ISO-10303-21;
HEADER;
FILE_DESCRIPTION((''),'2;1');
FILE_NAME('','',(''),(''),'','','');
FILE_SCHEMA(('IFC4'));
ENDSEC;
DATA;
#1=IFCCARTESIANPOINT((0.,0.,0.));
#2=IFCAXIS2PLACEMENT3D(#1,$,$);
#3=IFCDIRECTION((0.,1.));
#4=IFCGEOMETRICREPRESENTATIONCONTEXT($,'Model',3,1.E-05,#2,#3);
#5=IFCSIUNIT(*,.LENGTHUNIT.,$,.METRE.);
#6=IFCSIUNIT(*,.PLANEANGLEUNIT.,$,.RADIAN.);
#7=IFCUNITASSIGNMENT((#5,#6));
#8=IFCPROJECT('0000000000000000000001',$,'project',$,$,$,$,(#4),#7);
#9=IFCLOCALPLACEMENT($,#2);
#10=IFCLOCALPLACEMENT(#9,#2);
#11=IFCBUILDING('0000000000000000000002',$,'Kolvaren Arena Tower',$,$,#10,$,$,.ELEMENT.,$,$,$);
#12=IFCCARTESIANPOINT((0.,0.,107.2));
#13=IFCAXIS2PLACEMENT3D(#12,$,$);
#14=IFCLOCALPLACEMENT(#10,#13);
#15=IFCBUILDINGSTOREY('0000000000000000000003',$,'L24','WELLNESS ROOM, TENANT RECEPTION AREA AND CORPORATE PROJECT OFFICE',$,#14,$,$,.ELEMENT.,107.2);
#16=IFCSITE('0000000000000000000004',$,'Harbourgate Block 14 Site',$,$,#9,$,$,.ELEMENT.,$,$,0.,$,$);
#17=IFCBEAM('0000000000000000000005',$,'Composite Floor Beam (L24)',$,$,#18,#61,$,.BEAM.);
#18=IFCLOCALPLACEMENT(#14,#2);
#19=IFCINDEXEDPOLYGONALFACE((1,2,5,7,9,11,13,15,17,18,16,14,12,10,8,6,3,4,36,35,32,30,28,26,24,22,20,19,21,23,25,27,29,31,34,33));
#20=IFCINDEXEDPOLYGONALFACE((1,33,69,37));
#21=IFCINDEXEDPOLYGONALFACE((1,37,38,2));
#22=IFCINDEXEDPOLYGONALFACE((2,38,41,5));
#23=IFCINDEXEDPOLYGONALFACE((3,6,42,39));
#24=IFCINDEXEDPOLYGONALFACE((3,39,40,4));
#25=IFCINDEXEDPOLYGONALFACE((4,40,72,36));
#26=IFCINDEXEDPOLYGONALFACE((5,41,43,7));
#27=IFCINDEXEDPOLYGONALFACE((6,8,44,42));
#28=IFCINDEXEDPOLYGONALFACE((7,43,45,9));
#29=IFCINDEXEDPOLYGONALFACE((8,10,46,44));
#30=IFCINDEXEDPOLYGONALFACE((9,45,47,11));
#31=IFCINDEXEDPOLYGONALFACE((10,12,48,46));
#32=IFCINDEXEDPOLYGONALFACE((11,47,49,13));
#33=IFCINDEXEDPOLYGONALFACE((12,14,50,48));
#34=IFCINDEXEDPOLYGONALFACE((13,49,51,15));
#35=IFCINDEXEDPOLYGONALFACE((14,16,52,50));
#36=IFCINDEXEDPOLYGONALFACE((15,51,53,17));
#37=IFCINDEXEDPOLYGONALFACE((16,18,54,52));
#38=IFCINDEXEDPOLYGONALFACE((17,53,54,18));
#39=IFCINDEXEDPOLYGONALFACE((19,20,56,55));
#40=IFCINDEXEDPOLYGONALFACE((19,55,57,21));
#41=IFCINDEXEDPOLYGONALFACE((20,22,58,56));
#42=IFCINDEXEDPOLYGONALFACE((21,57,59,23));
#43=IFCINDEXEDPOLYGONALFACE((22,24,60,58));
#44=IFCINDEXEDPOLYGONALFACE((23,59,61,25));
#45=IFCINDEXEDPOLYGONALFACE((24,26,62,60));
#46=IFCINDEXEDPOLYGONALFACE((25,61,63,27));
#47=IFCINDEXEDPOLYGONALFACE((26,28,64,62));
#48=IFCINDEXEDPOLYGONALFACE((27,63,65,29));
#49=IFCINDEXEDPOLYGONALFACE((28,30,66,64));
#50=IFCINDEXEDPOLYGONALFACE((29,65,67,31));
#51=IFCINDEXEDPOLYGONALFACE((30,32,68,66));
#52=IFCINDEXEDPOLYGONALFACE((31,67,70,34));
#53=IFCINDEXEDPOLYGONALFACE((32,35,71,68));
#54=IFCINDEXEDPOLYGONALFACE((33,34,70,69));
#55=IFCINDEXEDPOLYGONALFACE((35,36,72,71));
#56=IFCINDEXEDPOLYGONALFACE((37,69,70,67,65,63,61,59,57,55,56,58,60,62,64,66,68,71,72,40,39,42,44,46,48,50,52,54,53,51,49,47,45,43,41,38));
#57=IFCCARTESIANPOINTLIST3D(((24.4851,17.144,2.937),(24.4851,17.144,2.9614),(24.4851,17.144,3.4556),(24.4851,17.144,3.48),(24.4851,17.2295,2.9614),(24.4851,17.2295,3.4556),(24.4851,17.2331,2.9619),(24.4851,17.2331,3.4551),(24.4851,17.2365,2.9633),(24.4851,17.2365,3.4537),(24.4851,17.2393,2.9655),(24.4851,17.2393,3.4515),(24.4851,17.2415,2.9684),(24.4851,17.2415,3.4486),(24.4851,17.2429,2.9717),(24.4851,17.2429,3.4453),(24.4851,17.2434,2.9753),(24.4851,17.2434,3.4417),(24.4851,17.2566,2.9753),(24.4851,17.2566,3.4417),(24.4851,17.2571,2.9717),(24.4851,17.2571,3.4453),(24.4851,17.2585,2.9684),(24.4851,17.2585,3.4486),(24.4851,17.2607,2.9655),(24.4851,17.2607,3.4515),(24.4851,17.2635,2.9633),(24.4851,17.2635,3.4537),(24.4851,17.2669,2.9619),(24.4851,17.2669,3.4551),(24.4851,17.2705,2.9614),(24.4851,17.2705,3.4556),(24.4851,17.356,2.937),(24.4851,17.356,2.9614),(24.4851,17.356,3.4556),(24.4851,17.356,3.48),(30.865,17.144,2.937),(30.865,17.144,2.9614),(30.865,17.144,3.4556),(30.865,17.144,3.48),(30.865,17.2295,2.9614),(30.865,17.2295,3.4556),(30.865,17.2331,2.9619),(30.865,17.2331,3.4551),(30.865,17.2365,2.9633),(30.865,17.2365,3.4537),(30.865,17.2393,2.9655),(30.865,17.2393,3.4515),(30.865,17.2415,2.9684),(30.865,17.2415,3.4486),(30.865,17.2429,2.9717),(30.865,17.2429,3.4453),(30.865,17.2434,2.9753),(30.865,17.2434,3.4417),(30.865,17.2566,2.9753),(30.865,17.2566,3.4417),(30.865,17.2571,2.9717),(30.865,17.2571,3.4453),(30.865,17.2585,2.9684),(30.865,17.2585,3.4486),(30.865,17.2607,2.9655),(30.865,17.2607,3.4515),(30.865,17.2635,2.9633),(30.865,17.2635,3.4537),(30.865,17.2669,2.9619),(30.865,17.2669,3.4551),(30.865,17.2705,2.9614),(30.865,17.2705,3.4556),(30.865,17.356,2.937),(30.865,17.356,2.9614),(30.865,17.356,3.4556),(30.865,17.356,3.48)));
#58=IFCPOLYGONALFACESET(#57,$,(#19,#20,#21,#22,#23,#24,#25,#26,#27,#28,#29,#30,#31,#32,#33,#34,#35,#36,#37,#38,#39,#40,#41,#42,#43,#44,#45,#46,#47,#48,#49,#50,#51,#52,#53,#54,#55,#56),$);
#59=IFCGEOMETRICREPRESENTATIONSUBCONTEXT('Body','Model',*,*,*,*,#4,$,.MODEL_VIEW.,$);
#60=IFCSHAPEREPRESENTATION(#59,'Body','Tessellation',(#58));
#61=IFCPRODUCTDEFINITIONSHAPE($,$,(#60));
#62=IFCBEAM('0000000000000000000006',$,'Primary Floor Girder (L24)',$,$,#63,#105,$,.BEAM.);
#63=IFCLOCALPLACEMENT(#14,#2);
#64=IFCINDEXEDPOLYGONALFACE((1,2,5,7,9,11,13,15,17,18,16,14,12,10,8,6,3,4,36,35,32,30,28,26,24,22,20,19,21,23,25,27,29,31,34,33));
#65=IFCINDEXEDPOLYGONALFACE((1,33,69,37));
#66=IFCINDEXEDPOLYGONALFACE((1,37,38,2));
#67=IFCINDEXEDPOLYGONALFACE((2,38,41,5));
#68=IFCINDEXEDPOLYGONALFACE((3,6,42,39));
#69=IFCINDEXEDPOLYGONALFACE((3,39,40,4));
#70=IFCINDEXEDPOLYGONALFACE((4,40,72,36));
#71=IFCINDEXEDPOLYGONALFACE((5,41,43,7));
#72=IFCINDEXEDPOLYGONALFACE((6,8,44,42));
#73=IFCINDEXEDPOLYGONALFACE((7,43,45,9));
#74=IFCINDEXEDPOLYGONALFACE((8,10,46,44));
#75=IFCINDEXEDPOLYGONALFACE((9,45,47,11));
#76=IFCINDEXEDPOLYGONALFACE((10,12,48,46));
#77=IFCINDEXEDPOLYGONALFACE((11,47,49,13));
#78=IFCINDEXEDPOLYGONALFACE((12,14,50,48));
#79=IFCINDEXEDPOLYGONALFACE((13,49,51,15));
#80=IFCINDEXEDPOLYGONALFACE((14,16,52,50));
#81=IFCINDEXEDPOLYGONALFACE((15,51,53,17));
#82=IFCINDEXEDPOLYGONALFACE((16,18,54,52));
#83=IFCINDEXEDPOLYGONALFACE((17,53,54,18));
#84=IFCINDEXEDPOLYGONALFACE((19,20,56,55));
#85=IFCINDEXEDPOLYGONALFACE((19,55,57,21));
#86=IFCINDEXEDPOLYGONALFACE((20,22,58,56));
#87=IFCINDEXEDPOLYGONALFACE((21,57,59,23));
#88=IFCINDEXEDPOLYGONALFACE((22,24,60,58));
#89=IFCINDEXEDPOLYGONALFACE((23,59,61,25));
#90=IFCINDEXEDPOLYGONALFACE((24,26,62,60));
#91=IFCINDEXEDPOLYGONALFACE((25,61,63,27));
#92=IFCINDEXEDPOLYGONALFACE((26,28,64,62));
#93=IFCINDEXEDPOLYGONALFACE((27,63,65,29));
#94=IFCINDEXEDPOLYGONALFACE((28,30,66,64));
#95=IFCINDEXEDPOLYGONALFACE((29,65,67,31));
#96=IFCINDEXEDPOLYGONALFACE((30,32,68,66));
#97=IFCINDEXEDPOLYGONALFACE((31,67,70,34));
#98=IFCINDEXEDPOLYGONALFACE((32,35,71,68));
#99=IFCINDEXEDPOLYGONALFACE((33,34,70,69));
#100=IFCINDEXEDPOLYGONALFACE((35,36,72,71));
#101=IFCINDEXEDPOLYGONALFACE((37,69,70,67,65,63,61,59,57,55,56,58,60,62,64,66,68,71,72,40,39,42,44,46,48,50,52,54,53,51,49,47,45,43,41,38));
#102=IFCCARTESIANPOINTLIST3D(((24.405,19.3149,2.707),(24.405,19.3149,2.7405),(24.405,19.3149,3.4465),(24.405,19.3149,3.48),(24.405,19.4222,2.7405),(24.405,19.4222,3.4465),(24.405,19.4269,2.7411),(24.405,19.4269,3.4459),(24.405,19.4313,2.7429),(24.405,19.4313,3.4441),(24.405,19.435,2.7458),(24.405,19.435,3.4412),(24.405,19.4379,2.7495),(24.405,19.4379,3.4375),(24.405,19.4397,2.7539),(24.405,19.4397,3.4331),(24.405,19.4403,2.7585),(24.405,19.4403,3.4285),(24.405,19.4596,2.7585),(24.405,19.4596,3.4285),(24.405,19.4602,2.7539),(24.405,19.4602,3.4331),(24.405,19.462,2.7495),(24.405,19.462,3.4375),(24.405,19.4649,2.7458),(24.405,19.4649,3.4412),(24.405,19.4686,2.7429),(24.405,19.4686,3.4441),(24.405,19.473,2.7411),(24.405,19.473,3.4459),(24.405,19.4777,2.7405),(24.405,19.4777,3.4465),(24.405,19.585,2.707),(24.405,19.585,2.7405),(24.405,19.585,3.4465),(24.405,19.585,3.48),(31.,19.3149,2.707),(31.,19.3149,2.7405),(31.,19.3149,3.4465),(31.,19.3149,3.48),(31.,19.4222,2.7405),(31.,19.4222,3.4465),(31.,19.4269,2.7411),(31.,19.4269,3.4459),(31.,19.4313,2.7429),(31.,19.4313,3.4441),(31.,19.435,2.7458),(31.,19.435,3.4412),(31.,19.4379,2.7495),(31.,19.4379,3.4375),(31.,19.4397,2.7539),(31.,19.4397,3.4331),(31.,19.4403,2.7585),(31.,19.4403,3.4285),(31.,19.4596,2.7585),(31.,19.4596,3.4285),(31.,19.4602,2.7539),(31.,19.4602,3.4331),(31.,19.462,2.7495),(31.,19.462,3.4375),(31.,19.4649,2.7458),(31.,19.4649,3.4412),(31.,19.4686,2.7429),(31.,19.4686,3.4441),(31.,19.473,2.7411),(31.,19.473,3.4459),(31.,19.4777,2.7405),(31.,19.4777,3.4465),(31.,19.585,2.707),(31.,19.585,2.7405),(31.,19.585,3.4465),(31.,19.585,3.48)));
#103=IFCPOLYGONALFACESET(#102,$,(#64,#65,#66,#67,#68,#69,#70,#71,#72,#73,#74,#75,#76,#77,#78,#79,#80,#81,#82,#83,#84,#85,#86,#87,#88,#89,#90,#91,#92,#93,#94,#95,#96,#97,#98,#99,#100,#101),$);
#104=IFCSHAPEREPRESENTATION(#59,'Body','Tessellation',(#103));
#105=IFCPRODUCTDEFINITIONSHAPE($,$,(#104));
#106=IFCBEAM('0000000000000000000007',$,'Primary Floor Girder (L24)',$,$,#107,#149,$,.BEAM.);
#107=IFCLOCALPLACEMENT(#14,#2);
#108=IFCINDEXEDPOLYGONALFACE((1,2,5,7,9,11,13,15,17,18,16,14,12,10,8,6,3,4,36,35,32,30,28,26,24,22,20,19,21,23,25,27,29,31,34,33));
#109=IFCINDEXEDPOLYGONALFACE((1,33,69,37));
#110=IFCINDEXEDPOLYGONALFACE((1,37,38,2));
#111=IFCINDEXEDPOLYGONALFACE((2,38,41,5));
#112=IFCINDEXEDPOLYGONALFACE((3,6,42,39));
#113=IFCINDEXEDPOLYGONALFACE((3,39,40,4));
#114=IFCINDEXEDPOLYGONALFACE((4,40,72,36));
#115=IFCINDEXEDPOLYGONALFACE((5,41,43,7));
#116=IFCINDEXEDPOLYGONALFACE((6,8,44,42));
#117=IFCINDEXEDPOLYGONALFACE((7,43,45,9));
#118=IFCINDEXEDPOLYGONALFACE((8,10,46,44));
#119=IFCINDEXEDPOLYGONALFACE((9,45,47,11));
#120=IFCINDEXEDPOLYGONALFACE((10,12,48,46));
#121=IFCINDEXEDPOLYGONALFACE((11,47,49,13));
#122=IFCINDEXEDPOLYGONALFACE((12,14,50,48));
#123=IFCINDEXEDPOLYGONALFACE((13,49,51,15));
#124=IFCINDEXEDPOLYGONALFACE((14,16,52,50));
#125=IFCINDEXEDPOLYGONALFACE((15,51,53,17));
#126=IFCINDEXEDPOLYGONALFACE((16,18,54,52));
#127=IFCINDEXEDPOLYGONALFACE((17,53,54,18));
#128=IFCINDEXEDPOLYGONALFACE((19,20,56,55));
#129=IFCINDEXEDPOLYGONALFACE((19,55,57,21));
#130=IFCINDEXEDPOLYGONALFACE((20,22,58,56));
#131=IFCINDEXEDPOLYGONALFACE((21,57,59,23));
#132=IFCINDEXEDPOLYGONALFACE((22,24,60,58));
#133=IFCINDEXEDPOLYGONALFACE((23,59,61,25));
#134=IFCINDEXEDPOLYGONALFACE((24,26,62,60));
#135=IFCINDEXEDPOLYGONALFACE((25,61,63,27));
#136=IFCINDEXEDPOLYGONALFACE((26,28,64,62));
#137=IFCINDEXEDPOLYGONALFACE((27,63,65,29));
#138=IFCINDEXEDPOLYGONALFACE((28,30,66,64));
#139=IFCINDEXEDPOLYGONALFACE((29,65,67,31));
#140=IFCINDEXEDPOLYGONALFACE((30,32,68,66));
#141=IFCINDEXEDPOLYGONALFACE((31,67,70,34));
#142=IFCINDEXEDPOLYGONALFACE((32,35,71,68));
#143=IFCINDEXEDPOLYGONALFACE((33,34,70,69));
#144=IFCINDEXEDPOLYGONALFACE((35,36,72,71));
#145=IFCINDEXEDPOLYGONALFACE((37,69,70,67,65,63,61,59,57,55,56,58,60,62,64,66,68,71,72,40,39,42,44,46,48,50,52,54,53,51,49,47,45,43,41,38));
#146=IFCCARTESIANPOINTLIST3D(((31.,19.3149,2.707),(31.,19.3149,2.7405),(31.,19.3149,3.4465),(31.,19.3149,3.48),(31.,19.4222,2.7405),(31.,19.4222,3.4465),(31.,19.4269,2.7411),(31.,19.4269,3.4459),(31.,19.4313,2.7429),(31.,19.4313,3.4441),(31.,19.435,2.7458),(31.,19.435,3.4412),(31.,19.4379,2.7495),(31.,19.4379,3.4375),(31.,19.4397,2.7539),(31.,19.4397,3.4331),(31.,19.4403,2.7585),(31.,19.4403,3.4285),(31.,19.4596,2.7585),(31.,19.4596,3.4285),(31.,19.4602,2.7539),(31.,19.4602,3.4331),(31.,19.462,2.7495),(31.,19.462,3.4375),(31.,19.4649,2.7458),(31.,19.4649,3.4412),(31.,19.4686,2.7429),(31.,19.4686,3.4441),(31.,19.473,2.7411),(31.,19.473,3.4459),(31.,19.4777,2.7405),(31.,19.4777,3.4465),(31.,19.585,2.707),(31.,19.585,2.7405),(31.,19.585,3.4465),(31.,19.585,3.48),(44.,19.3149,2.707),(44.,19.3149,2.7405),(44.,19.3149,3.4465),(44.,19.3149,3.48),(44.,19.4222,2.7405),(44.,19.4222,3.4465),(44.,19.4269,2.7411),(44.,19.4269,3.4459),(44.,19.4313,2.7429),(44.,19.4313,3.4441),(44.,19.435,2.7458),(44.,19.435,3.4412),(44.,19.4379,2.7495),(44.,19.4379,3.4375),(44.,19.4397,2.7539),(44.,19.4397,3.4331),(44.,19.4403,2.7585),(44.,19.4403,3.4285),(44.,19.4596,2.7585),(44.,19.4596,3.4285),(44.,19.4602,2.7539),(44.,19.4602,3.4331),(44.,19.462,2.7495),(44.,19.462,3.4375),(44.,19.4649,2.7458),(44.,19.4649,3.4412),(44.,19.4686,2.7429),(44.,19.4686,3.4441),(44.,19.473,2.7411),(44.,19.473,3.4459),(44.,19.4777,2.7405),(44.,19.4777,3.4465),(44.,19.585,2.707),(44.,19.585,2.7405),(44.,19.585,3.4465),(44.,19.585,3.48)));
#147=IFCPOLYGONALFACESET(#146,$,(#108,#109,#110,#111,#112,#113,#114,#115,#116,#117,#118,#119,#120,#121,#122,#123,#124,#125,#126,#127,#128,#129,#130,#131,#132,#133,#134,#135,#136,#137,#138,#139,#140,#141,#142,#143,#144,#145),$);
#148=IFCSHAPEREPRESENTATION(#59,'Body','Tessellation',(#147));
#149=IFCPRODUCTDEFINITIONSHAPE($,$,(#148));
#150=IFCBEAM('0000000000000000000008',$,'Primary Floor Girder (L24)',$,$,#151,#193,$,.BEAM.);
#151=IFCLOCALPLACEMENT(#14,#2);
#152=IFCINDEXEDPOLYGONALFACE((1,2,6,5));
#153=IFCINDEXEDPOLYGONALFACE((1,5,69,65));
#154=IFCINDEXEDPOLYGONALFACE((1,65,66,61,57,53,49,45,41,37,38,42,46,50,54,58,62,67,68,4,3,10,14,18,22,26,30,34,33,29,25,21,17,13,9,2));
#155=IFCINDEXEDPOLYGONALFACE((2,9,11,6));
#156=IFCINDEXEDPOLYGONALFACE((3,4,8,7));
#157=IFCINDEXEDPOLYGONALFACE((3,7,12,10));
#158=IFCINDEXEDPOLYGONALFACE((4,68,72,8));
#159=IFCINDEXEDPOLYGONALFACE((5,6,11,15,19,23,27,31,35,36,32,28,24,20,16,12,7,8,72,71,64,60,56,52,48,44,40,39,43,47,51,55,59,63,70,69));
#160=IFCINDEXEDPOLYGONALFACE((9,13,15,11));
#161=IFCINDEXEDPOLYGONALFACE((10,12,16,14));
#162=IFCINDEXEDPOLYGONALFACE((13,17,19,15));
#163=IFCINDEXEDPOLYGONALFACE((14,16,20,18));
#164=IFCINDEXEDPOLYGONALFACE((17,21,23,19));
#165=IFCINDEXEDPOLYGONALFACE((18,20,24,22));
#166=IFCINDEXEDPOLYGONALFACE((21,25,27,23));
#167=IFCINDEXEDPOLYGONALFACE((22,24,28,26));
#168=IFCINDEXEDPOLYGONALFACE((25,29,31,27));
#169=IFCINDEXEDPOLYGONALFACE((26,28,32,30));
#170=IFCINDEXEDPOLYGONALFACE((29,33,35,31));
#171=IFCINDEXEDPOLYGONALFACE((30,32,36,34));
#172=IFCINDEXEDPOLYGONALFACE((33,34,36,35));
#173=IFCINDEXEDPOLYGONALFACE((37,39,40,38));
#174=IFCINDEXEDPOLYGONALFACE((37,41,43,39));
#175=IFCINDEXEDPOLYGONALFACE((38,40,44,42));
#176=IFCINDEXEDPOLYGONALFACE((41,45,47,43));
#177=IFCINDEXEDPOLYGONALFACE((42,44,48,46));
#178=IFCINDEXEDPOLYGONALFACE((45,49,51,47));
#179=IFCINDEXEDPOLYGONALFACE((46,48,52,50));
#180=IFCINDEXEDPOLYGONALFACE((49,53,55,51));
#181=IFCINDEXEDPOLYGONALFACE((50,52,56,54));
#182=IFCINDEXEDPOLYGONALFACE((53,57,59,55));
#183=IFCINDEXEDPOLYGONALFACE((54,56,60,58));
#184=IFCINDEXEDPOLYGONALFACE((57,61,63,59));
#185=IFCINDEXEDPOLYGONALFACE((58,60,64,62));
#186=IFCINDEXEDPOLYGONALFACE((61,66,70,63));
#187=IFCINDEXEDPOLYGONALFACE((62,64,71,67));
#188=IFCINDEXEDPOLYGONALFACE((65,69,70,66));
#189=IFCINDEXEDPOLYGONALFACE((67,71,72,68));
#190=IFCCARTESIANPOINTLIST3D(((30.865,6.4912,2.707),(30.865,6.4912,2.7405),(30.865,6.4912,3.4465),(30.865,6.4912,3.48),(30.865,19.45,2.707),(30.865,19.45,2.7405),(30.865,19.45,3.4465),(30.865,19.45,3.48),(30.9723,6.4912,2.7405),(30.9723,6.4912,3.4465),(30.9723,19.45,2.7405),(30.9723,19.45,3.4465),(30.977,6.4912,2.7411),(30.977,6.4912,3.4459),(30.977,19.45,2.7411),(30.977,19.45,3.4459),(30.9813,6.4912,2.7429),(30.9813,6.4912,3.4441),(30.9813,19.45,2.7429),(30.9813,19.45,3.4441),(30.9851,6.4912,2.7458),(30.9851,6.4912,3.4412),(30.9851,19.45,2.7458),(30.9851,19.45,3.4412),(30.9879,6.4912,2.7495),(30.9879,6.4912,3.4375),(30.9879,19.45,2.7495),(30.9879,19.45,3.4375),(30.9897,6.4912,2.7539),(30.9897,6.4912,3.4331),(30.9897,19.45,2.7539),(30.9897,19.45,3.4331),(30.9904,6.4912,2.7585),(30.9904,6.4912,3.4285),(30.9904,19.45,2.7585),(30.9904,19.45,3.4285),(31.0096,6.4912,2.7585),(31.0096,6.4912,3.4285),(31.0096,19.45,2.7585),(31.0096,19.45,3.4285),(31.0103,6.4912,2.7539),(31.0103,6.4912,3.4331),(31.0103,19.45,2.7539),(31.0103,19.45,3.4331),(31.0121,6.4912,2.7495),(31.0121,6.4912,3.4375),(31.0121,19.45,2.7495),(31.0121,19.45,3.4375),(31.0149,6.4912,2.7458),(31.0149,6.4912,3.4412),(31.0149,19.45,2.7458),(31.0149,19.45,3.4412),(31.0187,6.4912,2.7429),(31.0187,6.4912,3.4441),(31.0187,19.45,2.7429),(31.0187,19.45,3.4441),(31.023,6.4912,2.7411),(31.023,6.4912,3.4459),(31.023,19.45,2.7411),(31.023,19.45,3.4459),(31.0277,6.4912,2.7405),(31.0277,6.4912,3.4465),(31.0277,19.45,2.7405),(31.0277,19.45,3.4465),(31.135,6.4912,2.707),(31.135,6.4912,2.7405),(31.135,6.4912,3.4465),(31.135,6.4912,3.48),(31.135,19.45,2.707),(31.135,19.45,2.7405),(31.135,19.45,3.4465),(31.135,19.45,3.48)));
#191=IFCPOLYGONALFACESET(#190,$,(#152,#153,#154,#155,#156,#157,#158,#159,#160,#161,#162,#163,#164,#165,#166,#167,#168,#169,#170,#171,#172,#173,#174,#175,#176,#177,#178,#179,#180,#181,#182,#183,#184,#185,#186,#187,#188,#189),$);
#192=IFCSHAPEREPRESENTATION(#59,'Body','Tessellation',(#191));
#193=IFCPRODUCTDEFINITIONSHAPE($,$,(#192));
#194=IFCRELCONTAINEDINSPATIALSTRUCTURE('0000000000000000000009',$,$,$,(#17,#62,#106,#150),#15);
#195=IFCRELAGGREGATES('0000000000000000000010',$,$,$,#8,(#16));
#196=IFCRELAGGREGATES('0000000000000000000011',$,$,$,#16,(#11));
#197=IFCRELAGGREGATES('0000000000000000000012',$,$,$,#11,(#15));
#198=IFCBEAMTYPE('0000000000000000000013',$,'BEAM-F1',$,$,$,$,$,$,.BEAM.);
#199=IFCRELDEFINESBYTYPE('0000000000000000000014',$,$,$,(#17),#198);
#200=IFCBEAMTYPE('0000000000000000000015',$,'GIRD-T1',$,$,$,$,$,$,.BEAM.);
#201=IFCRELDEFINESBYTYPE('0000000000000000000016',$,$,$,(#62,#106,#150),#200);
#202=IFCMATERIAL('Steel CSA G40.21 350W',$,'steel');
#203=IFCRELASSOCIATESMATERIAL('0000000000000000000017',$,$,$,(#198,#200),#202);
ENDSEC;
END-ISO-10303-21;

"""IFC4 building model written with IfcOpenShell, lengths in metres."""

from ifc_helpers import new_model, si_unit, direction, frame, origin, origin_2d, place, context, subcontext, project, spatial, i_section, extrude, material, material_profile, profile_set, type_object, element, save


model = new_model("IFC4")

# Units and contexts
model_context = context("Model", 3, precision=1e-05, world=origin(), true_north=direction((0.0, 1.0)))
body_context = subcontext(model_context, "Body", "Model", "MODEL_VIEW")
ifc_project = project(units=[si_unit("LENGTHUNIT", "METRE"), si_unit("PLANEANGLEUNIT", "RADIAN")], contexts=[model_context])

# Site, building, storey
site_placement = place(None, origin())
site = spatial("IfcSite", under=ifc_project, at=site_placement, Name="Harbourgate Block 14 Site", CompositionType="ELEMENT", RefElevation=0.0)
building_placement = place(site_placement, origin())
building = spatial("IfcBuilding", under=site, at=building_placement, Name="Kolvaren Arena Tower", CompositionType="ELEMENT")
storey_placement = place(building_placement, frame((0.0, 0.0, 107.2)))
storey = spatial("IfcBuildingStorey", under=building, at=storey_placement, Name="L24", Description="WELLNESS ROOM, TENANT RECEPTION AREA AND CORPORATE PROJECT OFFICE", CompositionType="ELEMENT", Elevation=107.2)

# Beams
ifc_material_1 = material(Name="Steel CSA G40.21 350W", Category="steel")
ifc_material_profile_1 = material_profile(ifc_material_1, i_section(OverallWidth=0.2119, OverallDepth=0.543, WebThickness=0.0132, FlangeThickness=0.0244, FilletRadius=0.0139, at=origin_2d()), Name="W530x150")
ifc_profile_set_1 = profile_set([ifc_material_profile_1], Name="Steel CSA G40.21 350W")
beam_type_1 = type_object("IfcBeamType", Name="BEAM-F1", PredefinedType="BEAM", material=ifc_profile_set_1)
beam_1_placement = place(storey_placement, frame((24.4851, 17.25, 3.2085), z_axis=(1.0, 0.0, 0.0), x_axis=(0.0, 1.0, 0.0)))
element("IfcBeam", 1, at=beam_1_placement, inside=storey, type_object=beam_type_1, Name="Composite Floor Beam (L24)", PredefinedType="BEAM", context=body_context, shape_type="SweptSolid", body=[
    extrude(i_section(OverallWidth=0.2119, OverallDepth=0.543, WebThickness=0.0132, FlangeThickness=0.0244, FilletRadius=0.0139, at=origin_2d()), origin(), (0.0, 0.0, 1.0), 6.3799),
])
ifc_material_profile_2 = material_profile(ifc_material_1, i_section(OverallWidth=0.27, OverallDepth=0.7729, WebThickness=0.0193, FlangeThickness=0.0334, FilletRadius=0.0181, at=origin_2d()), Name="W760x257")
ifc_profile_set_2 = profile_set([ifc_material_profile_2], Name="Steel CSA G40.21 350W")
beam_type_2 = type_object("IfcBeamType", Name="GIRD-T1", PredefinedType="BEAM", material=ifc_profile_set_2)
beam_2_placement = place(storey_placement, frame((24.405, 19.45, 3.0935), z_axis=(1.0, 0.0, 0.0), x_axis=(0.0, 1.0, 0.0)))
element("IfcBeam", 2, at=beam_2_placement, inside=storey, type_object=beam_type_2, Name="Primary Floor Girder (L24)", PredefinedType="BEAM", context=body_context, shape_type="SweptSolid", body=[
    extrude(i_section(OverallWidth=0.27, OverallDepth=0.7729, WebThickness=0.0193, FlangeThickness=0.0334, FilletRadius=0.0181, at=origin_2d()), origin(), (0.0, 0.0, 1.0), 6.595),
])
beam_3_placement = place(storey_placement, frame((31.0, 19.45, 3.0935), z_axis=(1.0, 0.0, 0.0), x_axis=(0.0, 1.0, 0.0)))
element("IfcBeam", 3, at=beam_3_placement, inside=storey, type_object=beam_type_2, Name="Primary Floor Girder (L24)", PredefinedType="BEAM", context=body_context, shape_type="SweptSolid", body=[
    extrude(i_section(OverallWidth=0.27, OverallDepth=0.7729, WebThickness=0.0193, FlangeThickness=0.0334, FilletRadius=0.0181, at=origin_2d()), origin(), (0.0, 0.0, 1.0), 13.0),
])
beam_4_placement = place(storey_placement, frame((31.0, 6.4912, 3.0935), z_axis=(0.0, 1.0, 0.0), x_axis=(-1.0, 0.0, 0.0)))
element("IfcBeam", 4, at=beam_4_placement, inside=storey, type_object=beam_type_2, Name="Primary Floor Girder (L24)", PredefinedType="BEAM", context=body_context, shape_type="SweptSolid", body=[
    extrude(i_section(OverallWidth=0.27, OverallDepth=0.7729, WebThickness=0.0193, FlangeThickness=0.0334, FilletRadius=0.0181, at=origin_2d()), origin(), (0.0, 0.0, 1.0), 12.9587),
])

save(model, "model.ifc")
